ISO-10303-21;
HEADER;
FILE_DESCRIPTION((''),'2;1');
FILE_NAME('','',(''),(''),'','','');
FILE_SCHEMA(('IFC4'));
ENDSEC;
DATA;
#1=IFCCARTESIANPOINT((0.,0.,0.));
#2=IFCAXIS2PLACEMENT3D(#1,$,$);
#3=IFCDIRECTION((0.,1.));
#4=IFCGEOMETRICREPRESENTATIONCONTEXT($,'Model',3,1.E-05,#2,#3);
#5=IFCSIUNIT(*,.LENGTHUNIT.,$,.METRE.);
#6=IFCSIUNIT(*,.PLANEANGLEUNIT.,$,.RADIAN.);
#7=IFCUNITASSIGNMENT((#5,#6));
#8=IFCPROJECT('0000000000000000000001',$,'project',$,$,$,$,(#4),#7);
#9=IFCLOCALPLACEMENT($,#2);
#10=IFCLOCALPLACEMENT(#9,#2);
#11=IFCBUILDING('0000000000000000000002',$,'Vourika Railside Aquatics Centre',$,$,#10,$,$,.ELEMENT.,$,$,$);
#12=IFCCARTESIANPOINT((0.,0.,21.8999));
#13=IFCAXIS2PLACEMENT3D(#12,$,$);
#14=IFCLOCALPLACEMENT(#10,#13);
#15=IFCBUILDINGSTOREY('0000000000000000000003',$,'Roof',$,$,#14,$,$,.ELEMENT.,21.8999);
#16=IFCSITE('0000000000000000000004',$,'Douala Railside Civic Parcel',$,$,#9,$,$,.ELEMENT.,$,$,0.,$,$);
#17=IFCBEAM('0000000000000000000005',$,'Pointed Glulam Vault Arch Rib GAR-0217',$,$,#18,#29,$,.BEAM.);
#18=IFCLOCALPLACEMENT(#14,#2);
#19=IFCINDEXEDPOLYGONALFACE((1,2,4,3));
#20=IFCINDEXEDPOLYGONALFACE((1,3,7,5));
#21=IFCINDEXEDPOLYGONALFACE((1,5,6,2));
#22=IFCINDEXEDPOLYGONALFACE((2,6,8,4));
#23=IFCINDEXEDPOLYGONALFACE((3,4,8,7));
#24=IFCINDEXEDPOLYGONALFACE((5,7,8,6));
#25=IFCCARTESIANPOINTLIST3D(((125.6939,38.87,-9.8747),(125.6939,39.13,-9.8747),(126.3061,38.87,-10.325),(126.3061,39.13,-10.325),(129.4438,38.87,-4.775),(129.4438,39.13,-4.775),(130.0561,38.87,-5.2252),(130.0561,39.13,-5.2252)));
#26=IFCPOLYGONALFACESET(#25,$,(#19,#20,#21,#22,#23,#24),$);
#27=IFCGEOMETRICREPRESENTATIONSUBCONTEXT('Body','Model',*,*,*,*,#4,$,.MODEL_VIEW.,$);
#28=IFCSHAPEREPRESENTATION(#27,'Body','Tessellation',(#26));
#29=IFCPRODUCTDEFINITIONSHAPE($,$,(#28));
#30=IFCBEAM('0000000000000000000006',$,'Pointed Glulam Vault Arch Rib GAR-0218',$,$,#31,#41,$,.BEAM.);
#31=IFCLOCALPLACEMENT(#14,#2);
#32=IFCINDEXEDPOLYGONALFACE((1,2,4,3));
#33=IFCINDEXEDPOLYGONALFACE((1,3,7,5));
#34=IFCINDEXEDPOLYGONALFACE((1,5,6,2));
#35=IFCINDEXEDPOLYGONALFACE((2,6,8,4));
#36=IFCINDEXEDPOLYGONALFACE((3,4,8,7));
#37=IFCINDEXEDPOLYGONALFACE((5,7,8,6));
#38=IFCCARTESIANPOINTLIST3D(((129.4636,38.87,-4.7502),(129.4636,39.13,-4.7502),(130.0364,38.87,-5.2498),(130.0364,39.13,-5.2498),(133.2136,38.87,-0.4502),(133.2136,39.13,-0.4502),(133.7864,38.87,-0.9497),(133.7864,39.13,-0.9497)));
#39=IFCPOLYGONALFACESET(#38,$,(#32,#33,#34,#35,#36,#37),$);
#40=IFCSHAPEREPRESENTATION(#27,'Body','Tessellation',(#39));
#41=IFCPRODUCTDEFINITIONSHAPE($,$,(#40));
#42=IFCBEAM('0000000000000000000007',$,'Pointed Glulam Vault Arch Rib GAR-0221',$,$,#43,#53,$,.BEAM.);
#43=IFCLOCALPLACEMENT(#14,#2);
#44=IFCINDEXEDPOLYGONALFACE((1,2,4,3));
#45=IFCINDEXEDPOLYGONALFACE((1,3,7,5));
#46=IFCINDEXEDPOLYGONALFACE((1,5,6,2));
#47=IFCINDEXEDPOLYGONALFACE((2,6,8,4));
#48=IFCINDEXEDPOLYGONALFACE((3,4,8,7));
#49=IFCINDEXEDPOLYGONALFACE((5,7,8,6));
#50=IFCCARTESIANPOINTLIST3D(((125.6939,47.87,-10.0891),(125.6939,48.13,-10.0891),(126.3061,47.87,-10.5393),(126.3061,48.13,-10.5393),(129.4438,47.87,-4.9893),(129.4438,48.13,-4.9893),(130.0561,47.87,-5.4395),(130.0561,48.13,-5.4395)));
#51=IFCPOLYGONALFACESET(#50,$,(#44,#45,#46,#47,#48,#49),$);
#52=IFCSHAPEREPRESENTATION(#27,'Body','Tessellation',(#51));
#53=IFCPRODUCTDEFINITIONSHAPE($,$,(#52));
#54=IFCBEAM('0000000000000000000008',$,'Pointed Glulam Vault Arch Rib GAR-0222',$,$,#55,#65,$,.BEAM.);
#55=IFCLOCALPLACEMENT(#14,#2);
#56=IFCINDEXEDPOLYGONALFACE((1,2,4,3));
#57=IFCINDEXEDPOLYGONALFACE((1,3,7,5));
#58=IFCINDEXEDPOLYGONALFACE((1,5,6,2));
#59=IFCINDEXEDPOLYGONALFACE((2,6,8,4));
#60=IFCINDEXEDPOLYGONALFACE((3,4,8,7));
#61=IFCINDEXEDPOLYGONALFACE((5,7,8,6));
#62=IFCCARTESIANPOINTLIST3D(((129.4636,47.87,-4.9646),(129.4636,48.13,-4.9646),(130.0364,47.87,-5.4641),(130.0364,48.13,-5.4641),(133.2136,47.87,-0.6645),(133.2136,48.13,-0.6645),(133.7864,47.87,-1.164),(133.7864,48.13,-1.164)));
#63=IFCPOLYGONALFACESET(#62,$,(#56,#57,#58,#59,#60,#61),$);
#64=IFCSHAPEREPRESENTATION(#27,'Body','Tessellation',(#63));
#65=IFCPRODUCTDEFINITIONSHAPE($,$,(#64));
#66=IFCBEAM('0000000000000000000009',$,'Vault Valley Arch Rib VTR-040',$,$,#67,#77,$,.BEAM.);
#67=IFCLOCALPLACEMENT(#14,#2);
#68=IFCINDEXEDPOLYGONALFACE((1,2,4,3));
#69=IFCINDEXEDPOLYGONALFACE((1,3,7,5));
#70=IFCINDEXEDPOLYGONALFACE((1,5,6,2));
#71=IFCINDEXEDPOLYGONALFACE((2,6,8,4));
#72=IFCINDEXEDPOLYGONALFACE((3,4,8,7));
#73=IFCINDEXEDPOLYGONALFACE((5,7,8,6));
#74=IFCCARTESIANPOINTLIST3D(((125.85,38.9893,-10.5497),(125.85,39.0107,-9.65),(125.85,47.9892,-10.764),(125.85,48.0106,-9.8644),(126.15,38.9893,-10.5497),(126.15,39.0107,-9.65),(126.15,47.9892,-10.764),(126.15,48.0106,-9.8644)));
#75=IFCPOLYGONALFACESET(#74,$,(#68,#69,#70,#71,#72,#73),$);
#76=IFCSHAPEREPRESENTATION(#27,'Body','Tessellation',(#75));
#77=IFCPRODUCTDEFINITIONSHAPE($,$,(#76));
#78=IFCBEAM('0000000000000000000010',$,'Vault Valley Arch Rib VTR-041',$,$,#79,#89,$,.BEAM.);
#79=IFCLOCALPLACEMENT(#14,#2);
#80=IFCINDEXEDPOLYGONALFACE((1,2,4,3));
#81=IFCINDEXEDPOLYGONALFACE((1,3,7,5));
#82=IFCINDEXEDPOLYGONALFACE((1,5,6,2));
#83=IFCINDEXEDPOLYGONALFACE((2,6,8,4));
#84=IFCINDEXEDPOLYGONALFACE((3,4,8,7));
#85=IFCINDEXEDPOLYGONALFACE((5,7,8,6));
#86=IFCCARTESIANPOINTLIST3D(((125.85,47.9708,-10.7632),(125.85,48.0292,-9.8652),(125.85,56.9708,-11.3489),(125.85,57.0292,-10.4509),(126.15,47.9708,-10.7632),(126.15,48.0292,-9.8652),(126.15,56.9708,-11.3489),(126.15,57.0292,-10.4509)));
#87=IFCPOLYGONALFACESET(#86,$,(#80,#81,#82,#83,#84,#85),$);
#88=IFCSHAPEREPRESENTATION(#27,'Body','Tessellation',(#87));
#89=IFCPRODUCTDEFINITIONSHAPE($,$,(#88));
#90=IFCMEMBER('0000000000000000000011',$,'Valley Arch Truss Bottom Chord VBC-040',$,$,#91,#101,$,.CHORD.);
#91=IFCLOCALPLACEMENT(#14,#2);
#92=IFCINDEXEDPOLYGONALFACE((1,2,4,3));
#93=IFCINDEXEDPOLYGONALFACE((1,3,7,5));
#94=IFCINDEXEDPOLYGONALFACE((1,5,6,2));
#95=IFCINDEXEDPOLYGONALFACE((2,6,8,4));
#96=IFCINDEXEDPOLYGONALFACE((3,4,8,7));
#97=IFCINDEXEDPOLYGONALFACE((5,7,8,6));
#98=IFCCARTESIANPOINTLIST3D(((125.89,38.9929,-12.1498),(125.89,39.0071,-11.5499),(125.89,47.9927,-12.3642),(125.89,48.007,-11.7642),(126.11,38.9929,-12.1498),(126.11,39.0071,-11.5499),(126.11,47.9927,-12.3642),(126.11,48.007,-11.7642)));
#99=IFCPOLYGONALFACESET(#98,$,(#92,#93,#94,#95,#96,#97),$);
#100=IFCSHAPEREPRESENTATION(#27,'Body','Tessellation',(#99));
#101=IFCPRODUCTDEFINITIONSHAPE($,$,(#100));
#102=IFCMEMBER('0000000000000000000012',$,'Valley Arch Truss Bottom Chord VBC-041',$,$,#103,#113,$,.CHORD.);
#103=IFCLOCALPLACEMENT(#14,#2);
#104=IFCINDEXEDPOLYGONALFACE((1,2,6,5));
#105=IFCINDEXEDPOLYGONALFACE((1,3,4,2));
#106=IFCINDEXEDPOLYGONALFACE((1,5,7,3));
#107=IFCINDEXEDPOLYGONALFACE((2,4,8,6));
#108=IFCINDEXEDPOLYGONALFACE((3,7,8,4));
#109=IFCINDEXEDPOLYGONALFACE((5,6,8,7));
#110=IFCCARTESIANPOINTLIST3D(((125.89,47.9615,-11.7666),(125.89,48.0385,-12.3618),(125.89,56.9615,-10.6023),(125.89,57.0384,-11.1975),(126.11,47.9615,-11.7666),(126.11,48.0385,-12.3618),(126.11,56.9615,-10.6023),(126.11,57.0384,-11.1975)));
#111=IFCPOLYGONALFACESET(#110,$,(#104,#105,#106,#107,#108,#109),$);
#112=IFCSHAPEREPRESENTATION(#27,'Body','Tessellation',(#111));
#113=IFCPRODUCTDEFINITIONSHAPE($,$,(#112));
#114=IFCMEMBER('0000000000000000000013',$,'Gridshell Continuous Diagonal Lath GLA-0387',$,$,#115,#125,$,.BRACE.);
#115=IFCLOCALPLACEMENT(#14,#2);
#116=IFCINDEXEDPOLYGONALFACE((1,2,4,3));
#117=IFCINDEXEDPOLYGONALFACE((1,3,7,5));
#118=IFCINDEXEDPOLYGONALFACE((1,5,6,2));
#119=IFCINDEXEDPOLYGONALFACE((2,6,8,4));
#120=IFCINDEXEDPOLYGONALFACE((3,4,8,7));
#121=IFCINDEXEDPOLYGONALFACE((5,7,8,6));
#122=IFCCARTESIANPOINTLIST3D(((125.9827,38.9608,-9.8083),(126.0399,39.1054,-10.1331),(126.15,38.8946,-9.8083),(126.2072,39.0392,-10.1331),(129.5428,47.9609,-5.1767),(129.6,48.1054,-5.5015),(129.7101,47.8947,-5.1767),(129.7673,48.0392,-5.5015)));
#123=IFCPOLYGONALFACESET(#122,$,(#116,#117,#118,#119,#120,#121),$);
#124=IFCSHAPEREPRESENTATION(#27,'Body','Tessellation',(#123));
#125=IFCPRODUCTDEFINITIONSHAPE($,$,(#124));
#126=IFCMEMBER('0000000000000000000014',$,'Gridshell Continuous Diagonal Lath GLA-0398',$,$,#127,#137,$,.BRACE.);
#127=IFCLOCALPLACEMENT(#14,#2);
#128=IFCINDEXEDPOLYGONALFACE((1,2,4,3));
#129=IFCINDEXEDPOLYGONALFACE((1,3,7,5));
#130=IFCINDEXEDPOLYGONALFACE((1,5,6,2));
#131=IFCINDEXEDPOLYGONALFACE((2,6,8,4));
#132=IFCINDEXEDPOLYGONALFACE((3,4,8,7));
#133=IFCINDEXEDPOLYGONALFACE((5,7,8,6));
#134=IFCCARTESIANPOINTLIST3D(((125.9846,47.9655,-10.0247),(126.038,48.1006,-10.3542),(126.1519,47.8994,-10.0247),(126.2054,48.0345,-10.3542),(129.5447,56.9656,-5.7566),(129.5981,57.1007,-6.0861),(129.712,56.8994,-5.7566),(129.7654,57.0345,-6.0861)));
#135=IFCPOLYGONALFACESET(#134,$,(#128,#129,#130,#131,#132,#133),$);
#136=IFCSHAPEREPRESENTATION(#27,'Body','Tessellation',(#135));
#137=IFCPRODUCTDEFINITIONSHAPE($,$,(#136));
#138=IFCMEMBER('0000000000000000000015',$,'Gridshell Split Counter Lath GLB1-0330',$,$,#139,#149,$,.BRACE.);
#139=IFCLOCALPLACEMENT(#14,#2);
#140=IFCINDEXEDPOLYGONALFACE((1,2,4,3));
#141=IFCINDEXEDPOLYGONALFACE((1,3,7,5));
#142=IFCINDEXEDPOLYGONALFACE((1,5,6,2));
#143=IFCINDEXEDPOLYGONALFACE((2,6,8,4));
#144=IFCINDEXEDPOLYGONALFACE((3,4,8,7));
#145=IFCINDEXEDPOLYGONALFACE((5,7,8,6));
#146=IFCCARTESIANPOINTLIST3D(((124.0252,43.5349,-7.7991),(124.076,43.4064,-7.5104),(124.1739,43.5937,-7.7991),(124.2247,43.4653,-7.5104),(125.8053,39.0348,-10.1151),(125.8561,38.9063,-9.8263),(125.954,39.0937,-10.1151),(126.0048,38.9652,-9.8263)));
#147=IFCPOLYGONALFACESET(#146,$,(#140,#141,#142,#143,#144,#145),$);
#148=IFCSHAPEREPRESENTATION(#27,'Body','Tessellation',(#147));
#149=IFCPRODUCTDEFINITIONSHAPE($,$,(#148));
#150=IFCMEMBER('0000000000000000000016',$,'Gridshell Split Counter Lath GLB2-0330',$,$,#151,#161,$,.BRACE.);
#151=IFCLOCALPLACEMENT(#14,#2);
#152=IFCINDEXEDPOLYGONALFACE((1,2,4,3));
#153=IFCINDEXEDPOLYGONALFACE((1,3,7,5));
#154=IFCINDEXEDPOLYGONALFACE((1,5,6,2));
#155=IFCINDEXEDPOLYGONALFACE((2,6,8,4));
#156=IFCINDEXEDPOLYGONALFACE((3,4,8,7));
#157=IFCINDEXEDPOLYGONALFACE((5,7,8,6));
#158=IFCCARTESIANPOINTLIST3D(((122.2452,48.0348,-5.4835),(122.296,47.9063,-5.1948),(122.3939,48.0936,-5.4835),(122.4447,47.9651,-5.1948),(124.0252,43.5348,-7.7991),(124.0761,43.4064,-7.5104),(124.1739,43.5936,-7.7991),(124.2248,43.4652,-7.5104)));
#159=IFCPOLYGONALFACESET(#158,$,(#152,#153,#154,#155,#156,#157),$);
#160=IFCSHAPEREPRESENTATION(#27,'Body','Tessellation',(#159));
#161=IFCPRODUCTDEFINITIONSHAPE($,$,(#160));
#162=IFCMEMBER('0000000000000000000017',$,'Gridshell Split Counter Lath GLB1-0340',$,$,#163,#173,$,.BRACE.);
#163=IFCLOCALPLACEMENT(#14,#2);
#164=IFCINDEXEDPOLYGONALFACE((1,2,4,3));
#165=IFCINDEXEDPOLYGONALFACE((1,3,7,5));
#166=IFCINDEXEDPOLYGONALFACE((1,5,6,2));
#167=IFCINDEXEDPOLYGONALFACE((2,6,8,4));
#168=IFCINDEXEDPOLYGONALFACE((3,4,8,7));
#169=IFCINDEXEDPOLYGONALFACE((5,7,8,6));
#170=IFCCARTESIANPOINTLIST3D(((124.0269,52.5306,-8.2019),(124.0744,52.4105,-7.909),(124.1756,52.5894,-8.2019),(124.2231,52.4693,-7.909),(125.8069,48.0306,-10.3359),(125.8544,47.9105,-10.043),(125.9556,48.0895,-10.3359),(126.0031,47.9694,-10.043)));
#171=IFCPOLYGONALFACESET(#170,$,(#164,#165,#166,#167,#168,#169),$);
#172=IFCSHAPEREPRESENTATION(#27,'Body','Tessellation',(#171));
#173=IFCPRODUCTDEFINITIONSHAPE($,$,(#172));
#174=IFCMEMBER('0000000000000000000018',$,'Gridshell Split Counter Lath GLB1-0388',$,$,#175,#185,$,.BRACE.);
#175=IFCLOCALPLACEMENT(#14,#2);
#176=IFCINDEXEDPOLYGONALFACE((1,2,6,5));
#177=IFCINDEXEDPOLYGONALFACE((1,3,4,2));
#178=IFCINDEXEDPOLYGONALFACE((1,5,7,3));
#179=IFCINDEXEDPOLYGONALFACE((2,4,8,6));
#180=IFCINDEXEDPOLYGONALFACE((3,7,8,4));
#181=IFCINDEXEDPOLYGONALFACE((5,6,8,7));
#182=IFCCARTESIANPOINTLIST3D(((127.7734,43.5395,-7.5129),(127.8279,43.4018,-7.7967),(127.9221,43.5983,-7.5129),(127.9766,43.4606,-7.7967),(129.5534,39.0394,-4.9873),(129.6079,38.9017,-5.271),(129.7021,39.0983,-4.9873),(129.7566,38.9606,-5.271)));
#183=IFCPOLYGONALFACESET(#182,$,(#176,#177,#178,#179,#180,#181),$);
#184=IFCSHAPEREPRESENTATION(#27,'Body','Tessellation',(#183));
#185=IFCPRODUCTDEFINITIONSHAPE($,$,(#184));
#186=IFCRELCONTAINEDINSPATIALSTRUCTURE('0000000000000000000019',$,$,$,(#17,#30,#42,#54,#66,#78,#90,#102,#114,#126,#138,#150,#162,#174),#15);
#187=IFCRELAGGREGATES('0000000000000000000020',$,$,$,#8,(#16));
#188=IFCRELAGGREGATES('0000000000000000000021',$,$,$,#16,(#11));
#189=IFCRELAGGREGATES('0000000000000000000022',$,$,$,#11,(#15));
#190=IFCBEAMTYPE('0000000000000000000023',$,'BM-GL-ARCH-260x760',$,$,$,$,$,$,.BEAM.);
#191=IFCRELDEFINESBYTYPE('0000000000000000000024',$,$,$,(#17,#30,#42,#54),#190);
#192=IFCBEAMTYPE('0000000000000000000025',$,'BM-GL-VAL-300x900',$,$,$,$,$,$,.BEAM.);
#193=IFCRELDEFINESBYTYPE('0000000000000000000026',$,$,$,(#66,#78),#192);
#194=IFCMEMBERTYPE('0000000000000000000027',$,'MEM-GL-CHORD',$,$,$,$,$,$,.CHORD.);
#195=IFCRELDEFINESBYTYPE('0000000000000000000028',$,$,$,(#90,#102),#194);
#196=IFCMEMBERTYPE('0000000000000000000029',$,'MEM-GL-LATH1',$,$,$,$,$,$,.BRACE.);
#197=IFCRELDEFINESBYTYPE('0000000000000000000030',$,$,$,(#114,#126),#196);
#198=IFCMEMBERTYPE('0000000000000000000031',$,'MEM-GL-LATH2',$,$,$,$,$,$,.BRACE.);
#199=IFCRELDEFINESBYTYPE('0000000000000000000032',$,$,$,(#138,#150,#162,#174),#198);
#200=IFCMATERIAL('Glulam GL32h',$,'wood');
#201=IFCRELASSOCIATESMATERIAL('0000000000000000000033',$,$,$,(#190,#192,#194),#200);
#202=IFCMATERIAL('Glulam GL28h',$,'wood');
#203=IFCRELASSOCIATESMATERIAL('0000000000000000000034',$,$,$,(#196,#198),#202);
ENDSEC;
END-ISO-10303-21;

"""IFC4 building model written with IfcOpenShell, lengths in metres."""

from ifc_helpers import new_model, si_unit, direction, frame, origin, origin_2d, place, context, subcontext, project, spatial, rectangle, extrude, material, material_profile, profile_set, type_object, element, save


model = new_model("IFC4")

# Units and contexts
model_context = context("Model", 3, precision=1e-05, world=origin(), true_north=direction((0.0, 1.0)))
body_context = subcontext(model_context, "Body", "Model", "MODEL_VIEW")
ifc_project = project(units=[si_unit("LENGTHUNIT", "METRE"), si_unit("PLANEANGLEUNIT", "RADIAN")], contexts=[model_context])

# Site, building, storey
site_placement = place(None, origin())
site = spatial("IfcSite", under=ifc_project, at=site_placement, Name="Douala Railside Civic Parcel", CompositionType="ELEMENT", RefElevation=0.0)
building_placement = place(site_placement, origin())
building = spatial("IfcBuilding", under=site, at=building_placement, Name="Vourika Railside Aquatics Centre", CompositionType="ELEMENT")
storey_placement = place(building_placement, frame((0.0, 0.0, 21.8999)))
storey = spatial("IfcBuildingStorey", under=building, at=storey_placement, Name="Roof", CompositionType="ELEMENT", Elevation=21.8999)

# Beams
ifc_material_1 = material(Name="Glulam GL32h", Category="wood")
ifc_material_profile_1 = material_profile(ifc_material_1, rectangle(XDim=0.26, YDim=0.76, at=origin_2d()), Name="GL32h 260x760")
ifc_profile_set_1 = profile_set([ifc_material_profile_1], Name="Glulam GL32h")
beam_type_1 = type_object("IfcBeamType", Name="BM-GL-ARCH-260x760", PredefinedType="BEAM", material=ifc_profile_set_1)
beam_1_placement = place(storey_placement, frame((126.0, 39.0, -10.0999), z_axis=(0.592401, 0.0, 0.805643), x_axis=(0.0, 1.0, 0.0)))
element("IfcBeam", 1, at=beam_1_placement, inside=storey, type_object=beam_type_1, Name="Pointed Glulam Vault Arch Rib GAR-0217", PredefinedType="BEAM", context=body_context, shape_type="SweptSolid", body=[
    extrude(rectangle(XDim=0.26, YDim=0.76, at=origin_2d()), origin(), (0.0, 0.0, 1.0), 6.3301),
])
beam_2_placement = place(storey_placement, frame((129.75, 39.0, -5.0), z_axis=(0.657259, 0.0, 0.753665), x_axis=(0.0, 1.0, 0.0)))
element("IfcBeam", 2, at=beam_2_placement, inside=storey, type_object=beam_type_1, Name="Pointed Glulam Vault Arch Rib GAR-0218", PredefinedType="BEAM", context=body_context, shape_type="SweptSolid", body=[
    extrude(rectangle(XDim=0.26, YDim=0.76, at=origin_2d()), origin(), (0.0, 0.0, 1.0), 5.7056),
])
beam_3_placement = place(storey_placement, frame((126.0, 48.0, -10.3142), z_axis=(0.592401, 0.0, 0.805643), x_axis=(0.0, 1.0, 0.0)))
element("IfcBeam", 3, at=beam_3_placement, inside=storey, type_object=beam_type_1, Name="Pointed Glulam Vault Arch Rib GAR-0221", PredefinedType="BEAM", context=body_context, shape_type="SweptSolid", body=[
    extrude(rectangle(XDim=0.26, YDim=0.76, at=origin_2d()), origin(), (0.0, 0.0, 1.0), 6.3301),
])
beam_4_placement = place(storey_placement, frame((129.75, 48.0, -5.2144), z_axis=(0.657259, 0.0, 0.753665), x_axis=(0.0, 1.0, 0.0)))
element("IfcBeam", 4, at=beam_4_placement, inside=storey, type_object=beam_type_1, Name="Pointed Glulam Vault Arch Rib GAR-0222", PredefinedType="BEAM", context=body_context, shape_type="SweptSolid", body=[
    extrude(rectangle(XDim=0.26, YDim=0.76, at=origin_2d()), origin(), (0.0, 0.0, 1.0), 5.7056),
])
ifc_material_profile_2 = material_profile(ifc_material_1, rectangle(XDim=0.3, YDim=0.8999, at=origin_2d()), Name="GL32h 300x900")
ifc_profile_set_2 = profile_set([ifc_material_profile_2], Name="Glulam GL32h")
beam_type_2 = type_object("IfcBeamType", Name="BM-GL-VAL-300x900", PredefinedType="BEAM", material=ifc_profile_set_2)
beam_5_placement = place(storey_placement, frame((126.0, 39.0, -10.0999), z_axis=(0.0, 0.999716, -0.023811), x_axis=(-1.0, 0.0, 0.0)))
element("IfcBeam", 5, at=beam_5_placement, inside=storey, type_object=beam_type_2, Name="Vault Valley Arch Rib VTR-040", PredefinedType="BEAM", context=body_context, shape_type="SweptSolid", body=[
    extrude(rectangle(XDim=0.3, YDim=0.8999, at=origin_2d()), origin(), (0.0, 0.0, 1.0), 9.0024),
])
beam_6_placement = place(storey_placement, frame((126.0, 48.0, -10.3142), z_axis=(0.0, 0.997889, -0.06494), x_axis=(-1.0, 0.0, 0.0)))
element("IfcBeam", 6, at=beam_6_placement, inside=storey, type_object=beam_type_2, Name="Vault Valley Arch Rib VTR-041", PredefinedType="BEAM", context=body_context, shape_type="SweptSolid", body=[
    extrude(rectangle(XDim=0.3, YDim=0.8999, at=origin_2d()), origin(), (0.0, 0.0, 1.0), 9.019),
])

# Members
ifc_material_profile_3 = material_profile(ifc_material_1, rectangle(XDim=0.22, YDim=0.6001, at=origin_2d()), Name="GL32h 220x600")
ifc_profile_set_3 = profile_set([ifc_material_profile_3], Name="Glulam GL32h")
member_type_1 = type_object("IfcMemberType", Name="MEM-GL-CHORD", PredefinedType="CHORD", material=ifc_profile_set_3)
member_1_placement = place(storey_placement, frame((126.0, 39.0, -11.8499), z_axis=(0.0, 0.999716, -0.023811), x_axis=(-1.0, 0.0, 0.0)))
element("IfcMember", 7, at=member_1_placement, inside=storey, type_object=member_type_1, Name="Valley Arch Truss Bottom Chord VBC-040", PredefinedType="CHORD", context=body_context, shape_type="SweptSolid", body=[
    extrude(rectangle(XDim=0.22, YDim=0.6001, at=origin_2d()), origin(), (0.0, 0.0, 1.0), 9.0024),
])
member_2_placement = place(storey_placement, frame((126.0, 48.0, -12.0642), z_axis=(0.0, 0.991736, 0.128298), x_axis=(-1.0, 0.0, 0.0)))
element("IfcMember", 8, at=member_2_placement, inside=storey, type_object=member_type_1, Name="Valley Arch Truss Bottom Chord VBC-041", PredefinedType="CHORD", context=body_context, shape_type="SweptSolid", body=[
    extrude(rectangle(XDim=0.22, YDim=0.6001, at=origin_2d()), origin(), (0.0, 0.0, 1.0), 9.075),
])
ifc_material_2 = material(Name="Glulam GL28h", Category="wood")
ifc_material_profile_4 = material_profile(ifc_material_2, rectangle(XDim=0.1799, YDim=0.3601, at=origin_2d()), Name="GL28h 180x360")
ifc_profile_set_4 = profile_set([ifc_material_profile_4], Name="Glulam GL28h")
member_type_2 = type_object("IfcMemberType", Name="MEM-GL-LATH1", PredefinedType="BRACE", material=ifc_profile_set_4)
member_3_placement = place(storey_placement, frame((126.095, 39.0, -9.9707), z_axis=(0.331796, 0.838796, 0.431662), x_axis=(-0.929893, 0.36783, 0.0)))
element("IfcMember", 9, at=member_3_placement, inside=storey, type_object=member_type_2, Name="Gridshell Continuous Diagonal Lath GLA-0387", PredefinedType="BRACE", context=body_context, shape_type="SweptSolid", body=[
    extrude(rectangle(XDim=0.1799, YDim=0.3601, at=origin_2d()), origin(), (0.0, 0.0, 1.0), 10.7297),
])
member_4_placement = place(storey_placement, frame((126.095, 48.0, -10.1895), z_axis=(0.336559, 0.850836, 0.403492), x_axis=(-0.929893, 0.36783, 0.0)))
element("IfcMember", 10, at=member_4_placement, inside=storey, type_object=member_type_2, Name="Gridshell Continuous Diagonal Lath GLA-0398", PredefinedType="BRACE", context=body_context, shape_type="SweptSolid", body=[
    extrude(rectangle(XDim=0.1799, YDim=0.3601, at=origin_2d()), origin(), (0.0, 0.0, 1.0), 10.5779),
])
ifc_material_profile_5 = material_profile(ifc_material_2, rectangle(XDim=0.1599, YDim=0.3201, at=origin_2d()), Name="GL28h 160x320")
ifc_profile_set_5 = profile_set([ifc_material_profile_5], Name="Glulam GL28h")
member_type_3 = type_object("IfcMemberType", Name="MEM-GL-LATH2", PredefinedType="BRACE", material=ifc_profile_set_5)
member_5_placement = place(storey_placement, frame((125.905, 39.0, -9.9707), z_axis=(-0.331793, 0.838788, 0.431681), x_axis=(-0.929893, -0.36783, 0.0)))
element("IfcMember", 11, at=member_5_placement, inside=storey, type_object=member_type_3, Name="Gridshell Split Counter Lath GLB1-0330", PredefinedType="BRACE", context=body_context, shape_type="SweptSolid", body=[
    extrude(rectangle(XDim=0.1599, YDim=0.3201, at=origin_2d()), origin(), (0.0, 0.0, 1.0), 5.365),
])
member_6_placement = place(storey_placement, frame((124.125, 43.5, -7.6548), z_axis=(-0.331799, 0.838804, 0.431644), x_axis=(-0.929893, -0.36783, 0.0)))
element("IfcMember", 12, at=member_6_placement, inside=storey, type_object=member_type_3, Name="Gridshell Split Counter Lath GLB2-0330", PredefinedType="BRACE", context=body_context, shape_type="SweptSolid", body=[
    extrude(rectangle(XDim=0.1599, YDim=0.3201, at=origin_2d()), origin(), (0.0, 0.0, 1.0), 5.3647),
])
member_7_placement = place(storey_placement, frame((125.905, 48.0, -10.1895), z_axis=(-0.336559, 0.850836, 0.403492), x_axis=(-0.929893, -0.36783, 0.0)))
element("IfcMember", 13, at=member_7_placement, inside=storey, type_object=member_type_3, Name="Gridshell Split Counter Lath GLB1-0340", PredefinedType="BRACE", context=body_context, shape_type="SweptSolid", body=[
    extrude(rectangle(XDim=0.1599, YDim=0.3201, at=origin_2d()), origin(), (0.0, 0.0, 1.0), 5.2888),
])
for number, where, z_axis, x_axis, name in (
    (14, (129.655, 39.0, -5.1292), (-0.326091, 0.824373, -0.462681), (-0.929893, -0.36783, 0.0), "Gridshell Split Counter Lath GLB1-0388"),
):
    element("IfcMember", number, at=place(storey_placement, frame(where, z_axis=z_axis, x_axis=x_axis)), inside=storey, type_object=member_type_3, Name=name, PredefinedType="BRACE", context=body_context, shape_type="SweptSolid", body=[
        extrude(rectangle(XDim=0.1599, YDim=0.3201, at=origin_2d()), origin(), (0.0, 0.0, 1.0), 5.4587),
    ])

save(model, "model.ifc")
